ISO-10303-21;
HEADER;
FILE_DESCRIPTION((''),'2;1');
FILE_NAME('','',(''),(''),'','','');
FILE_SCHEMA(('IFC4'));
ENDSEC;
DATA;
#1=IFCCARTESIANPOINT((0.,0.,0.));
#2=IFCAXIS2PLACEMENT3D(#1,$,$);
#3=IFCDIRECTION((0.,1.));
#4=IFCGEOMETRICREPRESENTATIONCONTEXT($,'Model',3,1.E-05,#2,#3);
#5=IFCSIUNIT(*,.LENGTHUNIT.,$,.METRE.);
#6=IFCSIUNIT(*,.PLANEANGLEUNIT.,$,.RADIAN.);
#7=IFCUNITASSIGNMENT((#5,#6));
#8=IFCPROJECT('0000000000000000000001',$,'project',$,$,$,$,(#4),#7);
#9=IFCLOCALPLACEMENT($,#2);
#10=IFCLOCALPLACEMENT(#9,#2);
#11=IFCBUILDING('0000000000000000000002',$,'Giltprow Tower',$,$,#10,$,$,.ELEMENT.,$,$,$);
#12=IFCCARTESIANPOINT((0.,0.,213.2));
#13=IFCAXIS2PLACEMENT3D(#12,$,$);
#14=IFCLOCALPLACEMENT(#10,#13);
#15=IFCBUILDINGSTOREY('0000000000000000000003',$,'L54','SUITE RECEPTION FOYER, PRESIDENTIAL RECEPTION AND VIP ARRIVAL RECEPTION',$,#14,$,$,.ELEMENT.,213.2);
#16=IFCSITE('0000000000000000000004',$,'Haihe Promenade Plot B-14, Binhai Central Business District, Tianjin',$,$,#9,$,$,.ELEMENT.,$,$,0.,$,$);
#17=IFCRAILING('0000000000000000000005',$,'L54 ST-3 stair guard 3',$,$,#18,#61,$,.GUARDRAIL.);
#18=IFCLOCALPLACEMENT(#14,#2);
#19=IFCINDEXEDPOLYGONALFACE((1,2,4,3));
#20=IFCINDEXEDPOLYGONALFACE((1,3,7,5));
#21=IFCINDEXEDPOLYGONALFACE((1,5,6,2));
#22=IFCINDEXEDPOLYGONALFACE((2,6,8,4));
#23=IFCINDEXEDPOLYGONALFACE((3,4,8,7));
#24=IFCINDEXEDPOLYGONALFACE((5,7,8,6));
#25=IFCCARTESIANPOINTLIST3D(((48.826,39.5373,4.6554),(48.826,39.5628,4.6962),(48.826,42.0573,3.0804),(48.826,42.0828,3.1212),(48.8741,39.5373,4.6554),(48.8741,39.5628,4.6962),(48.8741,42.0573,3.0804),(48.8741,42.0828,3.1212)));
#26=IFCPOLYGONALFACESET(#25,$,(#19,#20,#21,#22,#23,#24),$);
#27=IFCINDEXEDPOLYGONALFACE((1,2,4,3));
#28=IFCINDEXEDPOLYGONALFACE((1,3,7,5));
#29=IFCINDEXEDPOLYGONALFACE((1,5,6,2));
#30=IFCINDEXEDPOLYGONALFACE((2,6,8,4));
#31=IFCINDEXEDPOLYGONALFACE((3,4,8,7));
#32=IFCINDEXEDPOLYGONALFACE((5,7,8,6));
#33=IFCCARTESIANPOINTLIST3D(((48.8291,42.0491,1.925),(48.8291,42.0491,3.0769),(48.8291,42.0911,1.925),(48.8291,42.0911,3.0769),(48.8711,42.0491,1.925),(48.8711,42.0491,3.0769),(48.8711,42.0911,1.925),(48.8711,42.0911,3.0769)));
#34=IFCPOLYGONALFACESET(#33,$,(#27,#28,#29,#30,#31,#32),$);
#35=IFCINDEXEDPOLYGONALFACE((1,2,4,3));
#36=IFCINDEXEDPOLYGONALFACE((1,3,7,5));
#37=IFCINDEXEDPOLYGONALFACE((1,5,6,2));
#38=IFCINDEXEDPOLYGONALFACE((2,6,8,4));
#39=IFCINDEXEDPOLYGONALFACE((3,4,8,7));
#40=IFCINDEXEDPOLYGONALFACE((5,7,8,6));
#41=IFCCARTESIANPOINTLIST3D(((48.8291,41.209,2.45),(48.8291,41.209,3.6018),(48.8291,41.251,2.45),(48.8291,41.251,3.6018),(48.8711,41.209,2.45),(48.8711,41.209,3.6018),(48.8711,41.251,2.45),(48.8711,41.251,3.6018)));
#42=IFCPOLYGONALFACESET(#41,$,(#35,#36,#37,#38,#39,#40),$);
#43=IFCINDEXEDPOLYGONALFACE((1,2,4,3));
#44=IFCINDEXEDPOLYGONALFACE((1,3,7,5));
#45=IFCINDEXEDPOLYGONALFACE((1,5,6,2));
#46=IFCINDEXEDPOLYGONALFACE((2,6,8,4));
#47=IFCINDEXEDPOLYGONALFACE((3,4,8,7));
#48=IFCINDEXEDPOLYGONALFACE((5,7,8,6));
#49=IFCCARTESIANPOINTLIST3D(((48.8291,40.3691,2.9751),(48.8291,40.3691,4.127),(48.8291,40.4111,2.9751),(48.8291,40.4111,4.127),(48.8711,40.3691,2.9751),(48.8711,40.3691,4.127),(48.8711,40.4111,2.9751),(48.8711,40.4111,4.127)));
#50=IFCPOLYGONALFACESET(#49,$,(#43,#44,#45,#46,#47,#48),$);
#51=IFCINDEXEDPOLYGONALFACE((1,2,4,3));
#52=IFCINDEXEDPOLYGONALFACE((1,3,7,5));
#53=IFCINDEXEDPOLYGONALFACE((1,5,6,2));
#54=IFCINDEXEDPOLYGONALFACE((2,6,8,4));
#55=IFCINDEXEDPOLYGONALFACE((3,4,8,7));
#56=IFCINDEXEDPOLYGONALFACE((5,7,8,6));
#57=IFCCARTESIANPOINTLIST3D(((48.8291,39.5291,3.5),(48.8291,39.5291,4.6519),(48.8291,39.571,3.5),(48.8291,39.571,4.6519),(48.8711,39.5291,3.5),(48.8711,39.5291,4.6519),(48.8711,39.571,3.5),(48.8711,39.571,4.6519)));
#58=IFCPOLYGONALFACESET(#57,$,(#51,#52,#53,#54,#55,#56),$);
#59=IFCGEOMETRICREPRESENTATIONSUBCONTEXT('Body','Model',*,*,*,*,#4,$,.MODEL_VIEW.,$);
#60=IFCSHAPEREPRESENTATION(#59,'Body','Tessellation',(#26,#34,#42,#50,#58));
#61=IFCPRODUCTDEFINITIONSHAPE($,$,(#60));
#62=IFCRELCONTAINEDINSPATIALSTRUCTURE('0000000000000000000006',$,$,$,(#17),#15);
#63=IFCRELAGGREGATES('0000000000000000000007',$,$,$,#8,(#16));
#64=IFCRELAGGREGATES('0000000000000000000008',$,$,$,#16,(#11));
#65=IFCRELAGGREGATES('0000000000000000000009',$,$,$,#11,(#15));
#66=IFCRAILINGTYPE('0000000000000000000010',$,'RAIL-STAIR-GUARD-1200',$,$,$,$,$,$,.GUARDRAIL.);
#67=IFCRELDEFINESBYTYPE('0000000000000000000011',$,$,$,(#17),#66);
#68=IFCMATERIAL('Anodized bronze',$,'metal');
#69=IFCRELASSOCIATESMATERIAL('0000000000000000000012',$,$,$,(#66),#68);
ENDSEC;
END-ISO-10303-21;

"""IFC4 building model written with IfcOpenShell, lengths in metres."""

from ifc_helpers import new_model, si_unit, direction, frame, origin, origin_2d, place, context, subcontext, project, spatial, rectangle, extrude, material, type_object, element, save


model = new_model("IFC4")

# Units and contexts
model_context = context("Model", 3, precision=1e-05, world=origin(), true_north=direction((0.0, 1.0)))
body_context = subcontext(model_context, "Body", "Model", "MODEL_VIEW")
ifc_project = project(units=[si_unit("LENGTHUNIT", "METRE"), si_unit("PLANEANGLEUNIT", "RADIAN")], contexts=[model_context])

# Site, building, storey
site_placement = place(None, origin())
site = spatial("IfcSite", under=ifc_project, at=site_placement, Name="Haihe Promenade Plot B-14, Binhai Central Business District, Tianjin", CompositionType="ELEMENT", RefElevation=0.0)
building_placement = place(site_placement, origin())
building = spatial("IfcBuilding", under=site, at=building_placement, Name="Giltprow Tower", CompositionType="ELEMENT")
storey_placement = place(building_placement, frame((0.0, 0.0, 213.2)))
storey = spatial("IfcBuildingStorey", under=building, at=storey_placement, Name="L54", Description="SUITE RECEPTION FOYER, PRESIDENTIAL RECEPTION AND VIP ARRIVAL RECEPTION", CompositionType="ELEMENT", Elevation=213.2)

# Railing
ifc_material_1 = material(Name="Anodized bronze", Category="metal")
railing_type_1 = type_object("IfcRailingType", Name="RAIL-STAIR-GUARD-1200", PredefinedType="GUARDRAIL", material=ifc_material_1)
railing_1_placement = place(storey_placement, frame((48.8501, 42.0701, 1.925)))
element("IfcRailing", 1, at=railing_1_placement, inside=storey, type_object=railing_type_1, Name="L54 ST-3 stair guard 3", PredefinedType="GUARDRAIL", context=body_context, shape_type="SweptSolid", body=[
    extrude(rectangle(XDim=0.0481, YDim=0.0481, at=origin_2d()), frame((0.0, 0.0, 1.1758), z_axis=(0.0, -0.848008, 0.529984), x_axis=(1.0, 0.0, 0.0)), (0.0, 0.0, 1.0), 2.9717),
    extrude(rectangle(XDim=0.042, YDim=0.042, at=origin_2d()), origin(), (0.0, 0.0, 1.0), 1.1519),
    extrude(rectangle(XDim=0.042, YDim=0.042, at=origin_2d()), frame((0.0, -0.8401, 0.5249)), (0.0, 0.0, 1.0), 1.1519),
    extrude(rectangle(XDim=0.042, YDim=0.042, at=origin_2d()), frame((0.0, -1.6799, 1.05)), (0.0, 0.0, 1.0), 1.1519),
    extrude(rectangle(XDim=0.042, YDim=0.042, at=origin_2d()), frame((0.0, -2.52, 1.575)), (0.0, 0.0, 1.0), 1.1519),
])

save(model, "model.ifc")
